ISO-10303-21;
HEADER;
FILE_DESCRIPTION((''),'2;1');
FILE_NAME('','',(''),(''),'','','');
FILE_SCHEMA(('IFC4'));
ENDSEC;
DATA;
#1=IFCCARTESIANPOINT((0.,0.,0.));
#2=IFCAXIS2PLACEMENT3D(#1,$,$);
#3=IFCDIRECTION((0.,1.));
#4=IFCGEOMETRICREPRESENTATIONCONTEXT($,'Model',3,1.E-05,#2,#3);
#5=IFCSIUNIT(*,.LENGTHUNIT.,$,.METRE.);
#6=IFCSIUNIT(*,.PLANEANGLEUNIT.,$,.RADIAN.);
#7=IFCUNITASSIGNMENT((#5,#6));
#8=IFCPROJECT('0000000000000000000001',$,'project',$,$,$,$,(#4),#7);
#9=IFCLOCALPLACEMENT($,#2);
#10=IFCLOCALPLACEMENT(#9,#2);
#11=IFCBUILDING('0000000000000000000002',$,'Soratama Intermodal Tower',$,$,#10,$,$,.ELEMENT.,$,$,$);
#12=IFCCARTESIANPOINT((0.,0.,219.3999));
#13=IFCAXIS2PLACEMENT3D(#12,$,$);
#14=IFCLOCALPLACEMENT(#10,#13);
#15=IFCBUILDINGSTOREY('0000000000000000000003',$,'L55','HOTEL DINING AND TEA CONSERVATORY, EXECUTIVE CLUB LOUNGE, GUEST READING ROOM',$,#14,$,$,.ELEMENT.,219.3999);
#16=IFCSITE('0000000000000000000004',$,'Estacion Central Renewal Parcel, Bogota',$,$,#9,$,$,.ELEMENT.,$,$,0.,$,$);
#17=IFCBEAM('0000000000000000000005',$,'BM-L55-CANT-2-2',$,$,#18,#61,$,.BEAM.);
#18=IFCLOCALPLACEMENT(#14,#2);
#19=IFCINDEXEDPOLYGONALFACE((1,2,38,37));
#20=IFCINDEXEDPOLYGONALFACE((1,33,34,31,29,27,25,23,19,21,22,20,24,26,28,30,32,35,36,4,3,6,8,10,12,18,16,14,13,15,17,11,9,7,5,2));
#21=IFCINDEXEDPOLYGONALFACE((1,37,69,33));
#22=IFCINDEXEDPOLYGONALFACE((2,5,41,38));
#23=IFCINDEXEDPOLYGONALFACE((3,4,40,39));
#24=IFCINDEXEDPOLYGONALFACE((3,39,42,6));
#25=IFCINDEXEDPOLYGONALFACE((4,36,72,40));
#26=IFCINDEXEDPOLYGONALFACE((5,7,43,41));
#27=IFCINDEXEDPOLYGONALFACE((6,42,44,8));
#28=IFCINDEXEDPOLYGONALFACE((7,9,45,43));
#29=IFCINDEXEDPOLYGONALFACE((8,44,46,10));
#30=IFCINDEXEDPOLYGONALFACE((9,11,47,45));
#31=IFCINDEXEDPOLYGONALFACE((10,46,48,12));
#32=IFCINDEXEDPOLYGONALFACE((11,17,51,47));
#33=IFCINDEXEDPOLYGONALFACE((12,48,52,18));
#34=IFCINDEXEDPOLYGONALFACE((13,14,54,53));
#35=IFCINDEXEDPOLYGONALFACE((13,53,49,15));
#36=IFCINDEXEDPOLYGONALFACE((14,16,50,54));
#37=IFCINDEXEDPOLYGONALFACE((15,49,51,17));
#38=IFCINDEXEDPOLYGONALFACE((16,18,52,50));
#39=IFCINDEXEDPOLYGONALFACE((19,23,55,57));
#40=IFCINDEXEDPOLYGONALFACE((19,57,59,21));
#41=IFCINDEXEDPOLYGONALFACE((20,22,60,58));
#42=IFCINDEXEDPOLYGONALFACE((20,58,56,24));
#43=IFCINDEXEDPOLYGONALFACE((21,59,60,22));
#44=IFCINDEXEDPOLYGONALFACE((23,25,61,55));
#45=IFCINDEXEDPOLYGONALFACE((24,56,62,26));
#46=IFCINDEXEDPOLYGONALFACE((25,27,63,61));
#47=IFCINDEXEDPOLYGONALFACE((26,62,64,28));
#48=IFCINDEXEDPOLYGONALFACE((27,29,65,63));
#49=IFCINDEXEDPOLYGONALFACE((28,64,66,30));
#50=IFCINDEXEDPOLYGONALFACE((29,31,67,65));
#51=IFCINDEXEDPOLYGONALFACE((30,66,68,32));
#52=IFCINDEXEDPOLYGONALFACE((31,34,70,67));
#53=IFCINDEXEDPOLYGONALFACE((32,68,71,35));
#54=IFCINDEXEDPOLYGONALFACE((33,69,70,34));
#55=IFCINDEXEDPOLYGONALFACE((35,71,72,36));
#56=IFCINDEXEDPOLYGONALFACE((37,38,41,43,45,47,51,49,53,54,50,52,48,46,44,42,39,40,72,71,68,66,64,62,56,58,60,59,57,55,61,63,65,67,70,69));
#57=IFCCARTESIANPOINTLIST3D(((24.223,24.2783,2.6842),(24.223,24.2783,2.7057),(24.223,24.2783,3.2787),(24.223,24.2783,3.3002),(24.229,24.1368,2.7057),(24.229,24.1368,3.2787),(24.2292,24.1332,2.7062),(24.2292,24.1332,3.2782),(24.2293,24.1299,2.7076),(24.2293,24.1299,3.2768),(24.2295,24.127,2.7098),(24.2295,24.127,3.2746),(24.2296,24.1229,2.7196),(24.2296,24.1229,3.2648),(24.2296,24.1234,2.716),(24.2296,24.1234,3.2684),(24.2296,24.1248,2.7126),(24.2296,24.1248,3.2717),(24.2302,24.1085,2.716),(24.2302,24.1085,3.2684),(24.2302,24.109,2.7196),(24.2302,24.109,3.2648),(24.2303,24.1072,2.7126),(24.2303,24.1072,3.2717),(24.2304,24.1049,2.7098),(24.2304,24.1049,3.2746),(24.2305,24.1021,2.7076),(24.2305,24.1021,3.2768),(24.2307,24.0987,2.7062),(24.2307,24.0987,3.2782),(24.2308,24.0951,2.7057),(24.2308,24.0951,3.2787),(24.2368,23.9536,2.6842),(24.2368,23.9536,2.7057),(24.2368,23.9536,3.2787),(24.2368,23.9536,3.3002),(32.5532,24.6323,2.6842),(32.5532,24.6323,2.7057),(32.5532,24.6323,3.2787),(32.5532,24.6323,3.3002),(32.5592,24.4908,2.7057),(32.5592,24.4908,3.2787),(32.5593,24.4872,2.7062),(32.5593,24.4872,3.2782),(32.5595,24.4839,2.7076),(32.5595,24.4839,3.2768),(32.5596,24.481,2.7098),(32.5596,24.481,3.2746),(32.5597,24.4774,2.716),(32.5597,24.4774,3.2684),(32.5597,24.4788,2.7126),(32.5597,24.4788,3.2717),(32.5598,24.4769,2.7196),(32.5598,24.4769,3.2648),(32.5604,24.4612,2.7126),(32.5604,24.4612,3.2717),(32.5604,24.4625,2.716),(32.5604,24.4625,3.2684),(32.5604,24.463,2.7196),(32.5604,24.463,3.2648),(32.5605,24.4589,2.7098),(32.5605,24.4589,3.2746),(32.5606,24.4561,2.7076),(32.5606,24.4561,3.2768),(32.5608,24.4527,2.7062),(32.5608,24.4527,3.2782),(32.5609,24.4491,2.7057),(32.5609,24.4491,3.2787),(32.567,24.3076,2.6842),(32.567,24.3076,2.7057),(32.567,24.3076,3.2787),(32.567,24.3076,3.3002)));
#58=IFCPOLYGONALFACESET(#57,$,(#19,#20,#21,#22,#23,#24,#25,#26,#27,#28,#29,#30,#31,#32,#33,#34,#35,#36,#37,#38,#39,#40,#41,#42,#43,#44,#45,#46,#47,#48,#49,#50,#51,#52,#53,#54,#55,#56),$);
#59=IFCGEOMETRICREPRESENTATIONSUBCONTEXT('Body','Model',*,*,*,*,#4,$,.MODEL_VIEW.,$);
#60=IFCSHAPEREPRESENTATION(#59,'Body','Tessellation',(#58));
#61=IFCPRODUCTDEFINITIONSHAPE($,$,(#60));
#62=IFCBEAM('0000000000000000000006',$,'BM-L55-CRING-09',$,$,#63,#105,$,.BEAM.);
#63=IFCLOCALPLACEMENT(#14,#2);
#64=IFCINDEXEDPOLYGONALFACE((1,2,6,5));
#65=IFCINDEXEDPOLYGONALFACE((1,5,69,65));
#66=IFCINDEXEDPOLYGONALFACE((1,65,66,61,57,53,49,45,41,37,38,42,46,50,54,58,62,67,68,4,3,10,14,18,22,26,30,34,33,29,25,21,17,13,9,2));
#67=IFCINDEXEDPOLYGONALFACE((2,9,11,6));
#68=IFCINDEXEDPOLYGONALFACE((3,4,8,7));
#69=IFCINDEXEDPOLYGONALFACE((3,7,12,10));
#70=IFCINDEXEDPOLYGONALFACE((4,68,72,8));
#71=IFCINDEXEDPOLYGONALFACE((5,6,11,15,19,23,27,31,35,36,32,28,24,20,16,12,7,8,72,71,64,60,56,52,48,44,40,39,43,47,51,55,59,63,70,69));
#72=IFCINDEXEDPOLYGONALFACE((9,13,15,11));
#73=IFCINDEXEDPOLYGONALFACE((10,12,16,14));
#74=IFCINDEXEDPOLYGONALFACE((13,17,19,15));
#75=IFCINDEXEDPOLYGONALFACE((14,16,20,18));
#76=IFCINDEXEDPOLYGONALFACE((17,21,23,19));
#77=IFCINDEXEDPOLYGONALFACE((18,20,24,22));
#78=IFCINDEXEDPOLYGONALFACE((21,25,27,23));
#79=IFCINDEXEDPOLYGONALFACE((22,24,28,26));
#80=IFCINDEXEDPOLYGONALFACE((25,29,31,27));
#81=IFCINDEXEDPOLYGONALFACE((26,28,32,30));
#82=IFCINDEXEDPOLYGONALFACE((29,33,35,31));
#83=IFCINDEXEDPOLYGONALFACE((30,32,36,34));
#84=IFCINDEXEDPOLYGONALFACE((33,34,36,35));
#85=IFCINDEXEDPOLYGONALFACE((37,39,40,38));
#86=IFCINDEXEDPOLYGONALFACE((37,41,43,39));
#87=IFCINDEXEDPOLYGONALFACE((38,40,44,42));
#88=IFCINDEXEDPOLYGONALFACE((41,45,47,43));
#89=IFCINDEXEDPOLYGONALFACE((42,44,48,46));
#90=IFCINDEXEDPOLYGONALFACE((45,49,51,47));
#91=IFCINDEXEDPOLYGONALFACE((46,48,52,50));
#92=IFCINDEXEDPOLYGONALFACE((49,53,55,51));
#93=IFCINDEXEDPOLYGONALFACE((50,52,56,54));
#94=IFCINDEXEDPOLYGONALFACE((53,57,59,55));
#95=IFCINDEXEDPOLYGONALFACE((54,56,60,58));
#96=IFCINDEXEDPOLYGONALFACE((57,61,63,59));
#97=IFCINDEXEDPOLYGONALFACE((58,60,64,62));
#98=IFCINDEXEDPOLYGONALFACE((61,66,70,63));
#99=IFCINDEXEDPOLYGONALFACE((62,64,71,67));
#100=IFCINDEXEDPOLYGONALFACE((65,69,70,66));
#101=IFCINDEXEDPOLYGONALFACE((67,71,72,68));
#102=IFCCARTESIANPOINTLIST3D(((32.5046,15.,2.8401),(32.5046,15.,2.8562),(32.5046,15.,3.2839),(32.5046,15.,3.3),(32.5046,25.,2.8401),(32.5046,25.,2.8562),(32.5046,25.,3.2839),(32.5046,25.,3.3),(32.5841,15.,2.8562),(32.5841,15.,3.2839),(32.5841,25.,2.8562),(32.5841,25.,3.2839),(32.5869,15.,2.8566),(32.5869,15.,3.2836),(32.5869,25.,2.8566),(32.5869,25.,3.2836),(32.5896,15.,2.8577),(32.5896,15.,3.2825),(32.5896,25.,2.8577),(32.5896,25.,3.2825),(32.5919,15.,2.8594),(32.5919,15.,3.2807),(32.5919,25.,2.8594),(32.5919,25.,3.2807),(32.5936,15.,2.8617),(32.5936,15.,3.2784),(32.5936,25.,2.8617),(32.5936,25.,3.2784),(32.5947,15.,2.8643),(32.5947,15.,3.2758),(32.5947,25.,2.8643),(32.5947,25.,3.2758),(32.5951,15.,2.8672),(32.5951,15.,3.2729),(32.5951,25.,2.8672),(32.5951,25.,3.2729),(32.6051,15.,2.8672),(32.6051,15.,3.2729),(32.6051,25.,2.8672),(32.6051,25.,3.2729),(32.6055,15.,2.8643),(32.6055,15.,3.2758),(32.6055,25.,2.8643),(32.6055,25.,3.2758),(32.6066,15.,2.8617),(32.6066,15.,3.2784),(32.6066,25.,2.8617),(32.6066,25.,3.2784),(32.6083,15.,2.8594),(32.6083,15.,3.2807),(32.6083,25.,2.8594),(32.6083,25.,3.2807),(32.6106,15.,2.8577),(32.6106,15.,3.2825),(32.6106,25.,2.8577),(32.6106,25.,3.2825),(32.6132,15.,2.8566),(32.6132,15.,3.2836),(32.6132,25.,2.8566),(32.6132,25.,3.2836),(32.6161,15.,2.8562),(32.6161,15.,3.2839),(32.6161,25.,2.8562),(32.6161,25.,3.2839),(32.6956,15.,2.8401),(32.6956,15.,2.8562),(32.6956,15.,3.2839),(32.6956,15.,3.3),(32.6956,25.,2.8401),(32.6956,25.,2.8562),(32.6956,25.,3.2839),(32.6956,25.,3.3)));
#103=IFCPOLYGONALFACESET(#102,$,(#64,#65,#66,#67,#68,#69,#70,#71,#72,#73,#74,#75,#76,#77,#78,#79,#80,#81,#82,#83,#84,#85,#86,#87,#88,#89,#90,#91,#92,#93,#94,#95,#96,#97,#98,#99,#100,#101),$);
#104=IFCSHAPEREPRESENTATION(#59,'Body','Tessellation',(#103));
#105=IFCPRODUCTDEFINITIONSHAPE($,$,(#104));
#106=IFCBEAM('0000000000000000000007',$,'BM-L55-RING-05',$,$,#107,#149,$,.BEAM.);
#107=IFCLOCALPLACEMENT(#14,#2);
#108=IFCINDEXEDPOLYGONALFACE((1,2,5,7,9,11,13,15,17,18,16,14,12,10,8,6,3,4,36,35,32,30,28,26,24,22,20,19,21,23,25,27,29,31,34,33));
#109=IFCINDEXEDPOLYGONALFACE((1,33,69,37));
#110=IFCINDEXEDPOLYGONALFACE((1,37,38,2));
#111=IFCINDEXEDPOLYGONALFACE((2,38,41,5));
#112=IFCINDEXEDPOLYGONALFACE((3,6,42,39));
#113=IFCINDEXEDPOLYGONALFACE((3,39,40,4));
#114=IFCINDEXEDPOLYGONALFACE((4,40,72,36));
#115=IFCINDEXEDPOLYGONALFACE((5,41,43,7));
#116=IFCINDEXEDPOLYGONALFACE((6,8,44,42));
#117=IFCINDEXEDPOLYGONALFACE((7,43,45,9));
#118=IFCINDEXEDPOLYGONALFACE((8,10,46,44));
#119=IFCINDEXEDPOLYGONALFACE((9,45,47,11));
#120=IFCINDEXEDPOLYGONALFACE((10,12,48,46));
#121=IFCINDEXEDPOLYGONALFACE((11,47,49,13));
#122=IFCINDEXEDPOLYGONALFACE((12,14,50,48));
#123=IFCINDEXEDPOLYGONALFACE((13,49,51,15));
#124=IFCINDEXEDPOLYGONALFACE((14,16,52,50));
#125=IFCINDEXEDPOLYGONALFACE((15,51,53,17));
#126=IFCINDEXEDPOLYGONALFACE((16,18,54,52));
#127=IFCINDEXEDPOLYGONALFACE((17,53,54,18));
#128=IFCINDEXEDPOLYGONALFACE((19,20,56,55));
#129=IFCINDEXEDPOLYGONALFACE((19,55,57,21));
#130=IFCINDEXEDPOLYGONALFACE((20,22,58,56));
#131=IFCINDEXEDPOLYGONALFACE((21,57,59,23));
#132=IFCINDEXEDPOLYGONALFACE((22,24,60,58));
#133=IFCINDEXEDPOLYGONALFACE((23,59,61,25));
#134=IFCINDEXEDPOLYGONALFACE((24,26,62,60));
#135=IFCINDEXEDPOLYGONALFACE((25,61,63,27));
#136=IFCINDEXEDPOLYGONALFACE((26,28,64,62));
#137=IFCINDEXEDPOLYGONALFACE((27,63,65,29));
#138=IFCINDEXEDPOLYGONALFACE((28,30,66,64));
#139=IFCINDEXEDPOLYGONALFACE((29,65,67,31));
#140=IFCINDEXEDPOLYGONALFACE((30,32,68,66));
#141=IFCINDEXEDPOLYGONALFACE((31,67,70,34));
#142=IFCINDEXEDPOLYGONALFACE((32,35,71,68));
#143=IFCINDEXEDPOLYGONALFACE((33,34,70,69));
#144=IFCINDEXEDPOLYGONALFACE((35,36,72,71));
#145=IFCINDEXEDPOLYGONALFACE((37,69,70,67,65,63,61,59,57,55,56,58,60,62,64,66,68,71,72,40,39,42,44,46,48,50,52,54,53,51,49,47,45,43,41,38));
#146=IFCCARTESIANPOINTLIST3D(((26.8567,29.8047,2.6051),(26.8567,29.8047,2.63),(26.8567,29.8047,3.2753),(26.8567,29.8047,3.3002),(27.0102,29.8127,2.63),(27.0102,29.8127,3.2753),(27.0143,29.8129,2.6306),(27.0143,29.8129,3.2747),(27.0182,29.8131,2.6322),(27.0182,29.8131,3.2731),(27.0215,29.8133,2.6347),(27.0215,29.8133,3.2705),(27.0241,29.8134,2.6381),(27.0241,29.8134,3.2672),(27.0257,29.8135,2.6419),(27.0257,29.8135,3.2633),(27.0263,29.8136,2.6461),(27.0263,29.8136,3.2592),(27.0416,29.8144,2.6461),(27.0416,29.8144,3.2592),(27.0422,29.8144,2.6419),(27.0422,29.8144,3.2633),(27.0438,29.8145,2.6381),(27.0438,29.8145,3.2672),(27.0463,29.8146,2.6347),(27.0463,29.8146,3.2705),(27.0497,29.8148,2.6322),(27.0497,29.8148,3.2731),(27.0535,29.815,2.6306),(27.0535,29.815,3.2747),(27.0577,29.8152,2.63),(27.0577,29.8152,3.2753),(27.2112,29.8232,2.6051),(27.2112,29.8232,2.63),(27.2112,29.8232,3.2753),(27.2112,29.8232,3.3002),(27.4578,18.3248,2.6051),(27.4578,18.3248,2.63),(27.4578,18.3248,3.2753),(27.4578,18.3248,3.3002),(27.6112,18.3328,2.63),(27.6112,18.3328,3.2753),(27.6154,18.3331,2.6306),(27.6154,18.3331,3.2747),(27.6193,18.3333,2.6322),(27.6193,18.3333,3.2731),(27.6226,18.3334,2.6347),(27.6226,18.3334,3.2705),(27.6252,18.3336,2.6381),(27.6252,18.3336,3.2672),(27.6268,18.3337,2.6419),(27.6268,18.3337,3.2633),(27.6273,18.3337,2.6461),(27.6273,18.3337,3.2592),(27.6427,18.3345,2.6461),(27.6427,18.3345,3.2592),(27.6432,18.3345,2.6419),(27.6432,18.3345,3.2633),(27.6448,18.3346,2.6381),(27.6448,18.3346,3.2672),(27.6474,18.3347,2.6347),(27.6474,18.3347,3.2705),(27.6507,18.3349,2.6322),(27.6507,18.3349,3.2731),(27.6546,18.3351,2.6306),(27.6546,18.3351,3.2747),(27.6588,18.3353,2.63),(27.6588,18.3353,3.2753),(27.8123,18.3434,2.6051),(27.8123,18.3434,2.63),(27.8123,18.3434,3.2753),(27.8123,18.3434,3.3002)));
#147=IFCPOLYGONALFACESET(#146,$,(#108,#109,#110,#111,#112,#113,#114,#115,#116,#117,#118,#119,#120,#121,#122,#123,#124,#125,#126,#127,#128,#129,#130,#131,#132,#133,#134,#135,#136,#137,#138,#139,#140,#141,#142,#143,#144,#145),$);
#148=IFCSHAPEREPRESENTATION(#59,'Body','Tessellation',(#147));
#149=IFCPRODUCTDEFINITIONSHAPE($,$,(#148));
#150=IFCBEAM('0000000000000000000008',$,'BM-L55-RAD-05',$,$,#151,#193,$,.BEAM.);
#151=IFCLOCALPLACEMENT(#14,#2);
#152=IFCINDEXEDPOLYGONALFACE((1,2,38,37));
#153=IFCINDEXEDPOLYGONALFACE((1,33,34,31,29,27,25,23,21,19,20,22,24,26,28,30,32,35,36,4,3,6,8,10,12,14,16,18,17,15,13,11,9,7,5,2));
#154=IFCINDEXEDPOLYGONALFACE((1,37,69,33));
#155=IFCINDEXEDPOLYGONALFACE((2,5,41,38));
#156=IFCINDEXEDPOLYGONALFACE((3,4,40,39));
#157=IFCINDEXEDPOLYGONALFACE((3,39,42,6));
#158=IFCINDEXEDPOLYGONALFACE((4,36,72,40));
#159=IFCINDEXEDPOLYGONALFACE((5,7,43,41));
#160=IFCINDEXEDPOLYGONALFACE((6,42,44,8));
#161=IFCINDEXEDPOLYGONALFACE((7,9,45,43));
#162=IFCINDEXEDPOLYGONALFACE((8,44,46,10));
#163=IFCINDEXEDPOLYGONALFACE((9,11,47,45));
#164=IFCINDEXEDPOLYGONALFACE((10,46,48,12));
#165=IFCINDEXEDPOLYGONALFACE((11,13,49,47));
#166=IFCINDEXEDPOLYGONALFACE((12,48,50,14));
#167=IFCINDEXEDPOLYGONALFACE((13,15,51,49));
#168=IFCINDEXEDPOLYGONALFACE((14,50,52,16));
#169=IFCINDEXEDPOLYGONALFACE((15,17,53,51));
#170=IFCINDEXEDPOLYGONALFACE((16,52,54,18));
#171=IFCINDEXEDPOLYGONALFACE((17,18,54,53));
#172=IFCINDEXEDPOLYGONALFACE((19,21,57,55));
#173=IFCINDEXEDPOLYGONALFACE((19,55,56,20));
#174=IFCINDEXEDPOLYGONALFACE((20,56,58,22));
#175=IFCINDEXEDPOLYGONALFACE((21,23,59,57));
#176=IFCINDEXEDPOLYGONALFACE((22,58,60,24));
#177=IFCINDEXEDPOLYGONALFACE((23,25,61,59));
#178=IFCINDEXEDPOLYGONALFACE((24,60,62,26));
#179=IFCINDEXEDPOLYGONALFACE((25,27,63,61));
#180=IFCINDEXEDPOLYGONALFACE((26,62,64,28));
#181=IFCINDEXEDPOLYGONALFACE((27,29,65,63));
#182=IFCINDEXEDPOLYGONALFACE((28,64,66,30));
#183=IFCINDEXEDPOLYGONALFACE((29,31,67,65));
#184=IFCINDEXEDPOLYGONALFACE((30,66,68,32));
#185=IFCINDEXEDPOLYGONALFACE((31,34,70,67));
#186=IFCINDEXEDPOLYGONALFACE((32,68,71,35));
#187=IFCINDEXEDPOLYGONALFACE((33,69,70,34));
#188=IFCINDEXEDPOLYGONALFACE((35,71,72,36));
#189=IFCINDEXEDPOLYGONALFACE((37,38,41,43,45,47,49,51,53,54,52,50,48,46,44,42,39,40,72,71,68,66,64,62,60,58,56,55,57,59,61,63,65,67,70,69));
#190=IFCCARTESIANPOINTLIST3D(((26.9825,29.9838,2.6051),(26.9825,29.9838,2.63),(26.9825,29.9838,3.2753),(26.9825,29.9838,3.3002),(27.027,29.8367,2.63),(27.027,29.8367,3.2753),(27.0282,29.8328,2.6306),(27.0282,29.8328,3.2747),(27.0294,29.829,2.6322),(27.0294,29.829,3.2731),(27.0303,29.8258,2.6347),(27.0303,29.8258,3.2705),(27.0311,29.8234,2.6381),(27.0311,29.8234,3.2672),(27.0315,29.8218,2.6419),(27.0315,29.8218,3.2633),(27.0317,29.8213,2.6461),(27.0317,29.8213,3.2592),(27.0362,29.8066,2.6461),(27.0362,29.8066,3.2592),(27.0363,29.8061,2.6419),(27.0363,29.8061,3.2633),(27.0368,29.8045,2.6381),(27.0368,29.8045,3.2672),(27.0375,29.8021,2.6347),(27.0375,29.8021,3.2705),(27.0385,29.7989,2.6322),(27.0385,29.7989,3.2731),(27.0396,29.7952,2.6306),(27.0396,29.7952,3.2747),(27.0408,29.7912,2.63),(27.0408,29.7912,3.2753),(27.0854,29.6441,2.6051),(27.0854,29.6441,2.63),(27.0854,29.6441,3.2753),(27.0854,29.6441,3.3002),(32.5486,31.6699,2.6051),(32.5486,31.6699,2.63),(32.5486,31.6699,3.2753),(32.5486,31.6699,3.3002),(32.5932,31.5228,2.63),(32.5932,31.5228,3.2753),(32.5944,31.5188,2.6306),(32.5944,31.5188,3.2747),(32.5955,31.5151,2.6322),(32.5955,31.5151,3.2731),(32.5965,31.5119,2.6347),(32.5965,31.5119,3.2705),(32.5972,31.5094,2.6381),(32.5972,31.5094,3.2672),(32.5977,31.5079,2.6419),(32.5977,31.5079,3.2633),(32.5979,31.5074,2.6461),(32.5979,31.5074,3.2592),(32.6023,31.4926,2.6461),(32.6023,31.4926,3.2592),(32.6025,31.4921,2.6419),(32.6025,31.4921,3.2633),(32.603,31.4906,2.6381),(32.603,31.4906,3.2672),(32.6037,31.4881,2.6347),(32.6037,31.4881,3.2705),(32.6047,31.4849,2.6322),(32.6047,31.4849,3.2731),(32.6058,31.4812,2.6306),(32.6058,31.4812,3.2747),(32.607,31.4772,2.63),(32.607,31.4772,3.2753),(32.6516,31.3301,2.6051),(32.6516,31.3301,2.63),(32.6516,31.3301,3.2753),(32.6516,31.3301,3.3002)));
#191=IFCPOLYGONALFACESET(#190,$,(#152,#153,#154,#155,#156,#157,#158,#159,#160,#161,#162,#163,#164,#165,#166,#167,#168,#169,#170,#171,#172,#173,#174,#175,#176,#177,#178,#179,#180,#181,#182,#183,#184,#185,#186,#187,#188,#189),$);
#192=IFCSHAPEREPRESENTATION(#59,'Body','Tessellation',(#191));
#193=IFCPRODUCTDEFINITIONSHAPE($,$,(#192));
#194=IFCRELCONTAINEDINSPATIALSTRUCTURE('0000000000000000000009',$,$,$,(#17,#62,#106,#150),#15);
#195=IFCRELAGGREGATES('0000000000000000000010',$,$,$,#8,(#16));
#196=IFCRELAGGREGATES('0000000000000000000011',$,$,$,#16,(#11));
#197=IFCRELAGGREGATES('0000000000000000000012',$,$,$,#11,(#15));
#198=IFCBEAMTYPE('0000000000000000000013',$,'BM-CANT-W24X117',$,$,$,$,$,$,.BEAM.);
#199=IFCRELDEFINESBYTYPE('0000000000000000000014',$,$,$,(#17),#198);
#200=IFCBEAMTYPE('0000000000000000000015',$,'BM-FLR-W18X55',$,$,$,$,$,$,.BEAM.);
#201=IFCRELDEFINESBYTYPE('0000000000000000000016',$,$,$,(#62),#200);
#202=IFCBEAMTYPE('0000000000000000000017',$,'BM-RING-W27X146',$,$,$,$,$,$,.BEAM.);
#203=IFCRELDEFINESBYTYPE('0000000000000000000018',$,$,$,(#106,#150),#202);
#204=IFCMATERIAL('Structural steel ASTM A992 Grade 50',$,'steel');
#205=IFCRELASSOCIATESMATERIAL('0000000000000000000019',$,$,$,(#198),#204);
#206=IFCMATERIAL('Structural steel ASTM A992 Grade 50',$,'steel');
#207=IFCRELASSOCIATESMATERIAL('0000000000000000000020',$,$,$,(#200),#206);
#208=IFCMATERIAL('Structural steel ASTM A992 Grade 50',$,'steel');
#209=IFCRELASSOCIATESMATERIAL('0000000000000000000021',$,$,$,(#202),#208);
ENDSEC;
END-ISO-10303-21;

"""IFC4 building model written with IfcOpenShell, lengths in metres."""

from ifc_helpers import new_model, si_unit, direction, frame, origin, origin_2d, place, context, subcontext, project, spatial, i_section, extrude, material, material_profile, profile_set, type_object, element, save


model = new_model("IFC4")

# Units and contexts
model_context = context("Model", 3, precision=1e-05, world=origin(), true_north=direction((0.0, 1.0)))
body_context = subcontext(model_context, "Body", "Model", "MODEL_VIEW")
ifc_project = project(units=[si_unit("LENGTHUNIT", "METRE"), si_unit("PLANEANGLEUNIT", "RADIAN")], contexts=[model_context])

# Site, building, storey
site_placement = place(None, origin())
site = spatial("IfcSite", under=ifc_project, at=site_placement, Name="Estacion Central Renewal Parcel, Bogota", CompositionType="ELEMENT", RefElevation=0.0)
building_placement = place(site_placement, origin())
building = spatial("IfcBuilding", under=site, at=building_placement, Name="Soratama Intermodal Tower", CompositionType="ELEMENT")
storey_placement = place(building_placement, frame((0.0, 0.0, 219.3999)))
storey = spatial("IfcBuildingStorey", under=building, at=storey_placement, Name="L55", Description="HOTEL DINING AND TEA CONSERVATORY, EXECUTIVE CLUB LOUNGE, GUEST READING ROOM", CompositionType="ELEMENT", Elevation=219.3999)

# Beams
ifc_material_1 = material(Name="Structural steel ASTM A992 Grade 50", Category="steel")
ifc_material_profile_1 = material_profile(ifc_material_1, i_section(OverallWidth=0.325, OverallDepth=0.616, WebThickness=0.0139, FlangeThickness=0.0215, FilletRadius=0.0139, at=origin_2d()), Name="W24X117")
ifc_profile_set_1 = profile_set([ifc_material_profile_1], Name="Structural steel ASTM A992 Grade 50")
beam_type_1 = type_object("IfcBeamType", Name="BM-CANT-W24X117", PredefinedType="BEAM", material=ifc_profile_set_1)
beam_1_placement = place(storey_placement, frame((32.5601, 24.47, 2.9922), z_axis=(-0.999098, -0.042459, 0.0), x_axis=(0.042459, -0.999098, 0.0)))
element("IfcBeam", 1, at=beam_1_placement, inside=storey, type_object=beam_type_1, Name="BM-L55-CANT-2-2", PredefinedType="BEAM", context=body_context, shape_type="SweptSolid", body=[
    extrude(i_section(OverallWidth=0.325, OverallDepth=0.616, WebThickness=0.0139, FlangeThickness=0.0215, FilletRadius=0.0139, at=origin_2d()), origin(), (0.0, 0.0, 1.0), 8.3376),
])
ifc_material_2 = material(Name="Structural steel ASTM A992 Grade 50", Category="steel")
ifc_material_profile_2 = material_profile(ifc_material_2, i_section(OverallWidth=0.1909, OverallDepth=0.46, WebThickness=0.01, FlangeThickness=0.0161, FilletRadius=0.011, at=origin_2d()), Name="W18X55")
ifc_profile_set_2 = profile_set([ifc_material_profile_2], Name="Structural steel ASTM A992 Grade 50")
beam_type_2 = type_object("IfcBeamType", Name="BM-FLR-W18X55", PredefinedType="BEAM", material=ifc_profile_set_2)
beam_2_placement = place(storey_placement, frame((32.6001, 25.0, 3.0701), z_axis=(0.0, -1.0, 0.0), x_axis=(1.0, 0.0, 0.0)))
element("IfcBeam", 2, at=beam_2_placement, inside=storey, type_object=beam_type_2, Name="BM-L55-CRING-09", PredefinedType="BEAM", context=body_context, shape_type="SweptSolid", body=[
    extrude(i_section(OverallWidth=0.1909, OverallDepth=0.46, WebThickness=0.01, FlangeThickness=0.0161, FilletRadius=0.011, at=origin_2d()), origin(), (0.0, 0.0, 1.0), 10.0),
])
ifc_material_3 = material(Name="Structural steel ASTM A992 Grade 50", Category="steel")
ifc_material_profile_3 = material_profile(ifc_material_3, i_section(OverallWidth=0.355, OverallDepth=0.6951, WebThickness=0.0154, FlangeThickness=0.0249, FilletRadius=0.0161, at=origin_2d()), Name="W27X146")
ifc_profile_set_3 = profile_set([ifc_material_profile_3], Name="Structural steel ASTM A992 Grade 50")
beam_type_3 = type_object("IfcBeamType", Name="BM-RING-W27X146", PredefinedType="BEAM", material=ifc_profile_set_3)
beam_3_placement = place(storey_placement, frame((27.0339, 29.814, 2.9526), z_axis=(0.052287, -0.998632, 0.0), x_axis=(0.998632, 0.052287, 0.0)))
element("IfcBeam", 3, at=beam_3_placement, inside=storey, type_object=beam_type_3, Name="BM-L55-RING-05", PredefinedType="BEAM", context=body_context, shape_type="SweptSolid", body=[
    extrude(i_section(OverallWidth=0.355, OverallDepth=0.6951, WebThickness=0.0154, FlangeThickness=0.0249, FilletRadius=0.0161, at=origin_2d()), origin(), (0.0, 0.0, 1.0), 11.4956),
])
beam_4_placement = place(storey_placement, frame((32.6001, 31.5, 2.9526), z_axis=(-0.957057, -0.2899, 0.0), x_axis=(0.2899, -0.957057, 0.0)))
element("IfcBeam", 4, at=beam_4_placement, inside=storey, type_object=beam_type_3, Name="BM-L55-RAD-05", PredefinedType="BEAM", context=body_context, shape_type="SweptSolid", body=[
    extrude(i_section(OverallWidth=0.355, OverallDepth=0.6951, WebThickness=0.0154, FlangeThickness=0.0249, FilletRadius=0.0161, at=origin_2d()), origin(), (0.0, 0.0, 1.0), 5.8159),
])

save(model, "model.ifc")
